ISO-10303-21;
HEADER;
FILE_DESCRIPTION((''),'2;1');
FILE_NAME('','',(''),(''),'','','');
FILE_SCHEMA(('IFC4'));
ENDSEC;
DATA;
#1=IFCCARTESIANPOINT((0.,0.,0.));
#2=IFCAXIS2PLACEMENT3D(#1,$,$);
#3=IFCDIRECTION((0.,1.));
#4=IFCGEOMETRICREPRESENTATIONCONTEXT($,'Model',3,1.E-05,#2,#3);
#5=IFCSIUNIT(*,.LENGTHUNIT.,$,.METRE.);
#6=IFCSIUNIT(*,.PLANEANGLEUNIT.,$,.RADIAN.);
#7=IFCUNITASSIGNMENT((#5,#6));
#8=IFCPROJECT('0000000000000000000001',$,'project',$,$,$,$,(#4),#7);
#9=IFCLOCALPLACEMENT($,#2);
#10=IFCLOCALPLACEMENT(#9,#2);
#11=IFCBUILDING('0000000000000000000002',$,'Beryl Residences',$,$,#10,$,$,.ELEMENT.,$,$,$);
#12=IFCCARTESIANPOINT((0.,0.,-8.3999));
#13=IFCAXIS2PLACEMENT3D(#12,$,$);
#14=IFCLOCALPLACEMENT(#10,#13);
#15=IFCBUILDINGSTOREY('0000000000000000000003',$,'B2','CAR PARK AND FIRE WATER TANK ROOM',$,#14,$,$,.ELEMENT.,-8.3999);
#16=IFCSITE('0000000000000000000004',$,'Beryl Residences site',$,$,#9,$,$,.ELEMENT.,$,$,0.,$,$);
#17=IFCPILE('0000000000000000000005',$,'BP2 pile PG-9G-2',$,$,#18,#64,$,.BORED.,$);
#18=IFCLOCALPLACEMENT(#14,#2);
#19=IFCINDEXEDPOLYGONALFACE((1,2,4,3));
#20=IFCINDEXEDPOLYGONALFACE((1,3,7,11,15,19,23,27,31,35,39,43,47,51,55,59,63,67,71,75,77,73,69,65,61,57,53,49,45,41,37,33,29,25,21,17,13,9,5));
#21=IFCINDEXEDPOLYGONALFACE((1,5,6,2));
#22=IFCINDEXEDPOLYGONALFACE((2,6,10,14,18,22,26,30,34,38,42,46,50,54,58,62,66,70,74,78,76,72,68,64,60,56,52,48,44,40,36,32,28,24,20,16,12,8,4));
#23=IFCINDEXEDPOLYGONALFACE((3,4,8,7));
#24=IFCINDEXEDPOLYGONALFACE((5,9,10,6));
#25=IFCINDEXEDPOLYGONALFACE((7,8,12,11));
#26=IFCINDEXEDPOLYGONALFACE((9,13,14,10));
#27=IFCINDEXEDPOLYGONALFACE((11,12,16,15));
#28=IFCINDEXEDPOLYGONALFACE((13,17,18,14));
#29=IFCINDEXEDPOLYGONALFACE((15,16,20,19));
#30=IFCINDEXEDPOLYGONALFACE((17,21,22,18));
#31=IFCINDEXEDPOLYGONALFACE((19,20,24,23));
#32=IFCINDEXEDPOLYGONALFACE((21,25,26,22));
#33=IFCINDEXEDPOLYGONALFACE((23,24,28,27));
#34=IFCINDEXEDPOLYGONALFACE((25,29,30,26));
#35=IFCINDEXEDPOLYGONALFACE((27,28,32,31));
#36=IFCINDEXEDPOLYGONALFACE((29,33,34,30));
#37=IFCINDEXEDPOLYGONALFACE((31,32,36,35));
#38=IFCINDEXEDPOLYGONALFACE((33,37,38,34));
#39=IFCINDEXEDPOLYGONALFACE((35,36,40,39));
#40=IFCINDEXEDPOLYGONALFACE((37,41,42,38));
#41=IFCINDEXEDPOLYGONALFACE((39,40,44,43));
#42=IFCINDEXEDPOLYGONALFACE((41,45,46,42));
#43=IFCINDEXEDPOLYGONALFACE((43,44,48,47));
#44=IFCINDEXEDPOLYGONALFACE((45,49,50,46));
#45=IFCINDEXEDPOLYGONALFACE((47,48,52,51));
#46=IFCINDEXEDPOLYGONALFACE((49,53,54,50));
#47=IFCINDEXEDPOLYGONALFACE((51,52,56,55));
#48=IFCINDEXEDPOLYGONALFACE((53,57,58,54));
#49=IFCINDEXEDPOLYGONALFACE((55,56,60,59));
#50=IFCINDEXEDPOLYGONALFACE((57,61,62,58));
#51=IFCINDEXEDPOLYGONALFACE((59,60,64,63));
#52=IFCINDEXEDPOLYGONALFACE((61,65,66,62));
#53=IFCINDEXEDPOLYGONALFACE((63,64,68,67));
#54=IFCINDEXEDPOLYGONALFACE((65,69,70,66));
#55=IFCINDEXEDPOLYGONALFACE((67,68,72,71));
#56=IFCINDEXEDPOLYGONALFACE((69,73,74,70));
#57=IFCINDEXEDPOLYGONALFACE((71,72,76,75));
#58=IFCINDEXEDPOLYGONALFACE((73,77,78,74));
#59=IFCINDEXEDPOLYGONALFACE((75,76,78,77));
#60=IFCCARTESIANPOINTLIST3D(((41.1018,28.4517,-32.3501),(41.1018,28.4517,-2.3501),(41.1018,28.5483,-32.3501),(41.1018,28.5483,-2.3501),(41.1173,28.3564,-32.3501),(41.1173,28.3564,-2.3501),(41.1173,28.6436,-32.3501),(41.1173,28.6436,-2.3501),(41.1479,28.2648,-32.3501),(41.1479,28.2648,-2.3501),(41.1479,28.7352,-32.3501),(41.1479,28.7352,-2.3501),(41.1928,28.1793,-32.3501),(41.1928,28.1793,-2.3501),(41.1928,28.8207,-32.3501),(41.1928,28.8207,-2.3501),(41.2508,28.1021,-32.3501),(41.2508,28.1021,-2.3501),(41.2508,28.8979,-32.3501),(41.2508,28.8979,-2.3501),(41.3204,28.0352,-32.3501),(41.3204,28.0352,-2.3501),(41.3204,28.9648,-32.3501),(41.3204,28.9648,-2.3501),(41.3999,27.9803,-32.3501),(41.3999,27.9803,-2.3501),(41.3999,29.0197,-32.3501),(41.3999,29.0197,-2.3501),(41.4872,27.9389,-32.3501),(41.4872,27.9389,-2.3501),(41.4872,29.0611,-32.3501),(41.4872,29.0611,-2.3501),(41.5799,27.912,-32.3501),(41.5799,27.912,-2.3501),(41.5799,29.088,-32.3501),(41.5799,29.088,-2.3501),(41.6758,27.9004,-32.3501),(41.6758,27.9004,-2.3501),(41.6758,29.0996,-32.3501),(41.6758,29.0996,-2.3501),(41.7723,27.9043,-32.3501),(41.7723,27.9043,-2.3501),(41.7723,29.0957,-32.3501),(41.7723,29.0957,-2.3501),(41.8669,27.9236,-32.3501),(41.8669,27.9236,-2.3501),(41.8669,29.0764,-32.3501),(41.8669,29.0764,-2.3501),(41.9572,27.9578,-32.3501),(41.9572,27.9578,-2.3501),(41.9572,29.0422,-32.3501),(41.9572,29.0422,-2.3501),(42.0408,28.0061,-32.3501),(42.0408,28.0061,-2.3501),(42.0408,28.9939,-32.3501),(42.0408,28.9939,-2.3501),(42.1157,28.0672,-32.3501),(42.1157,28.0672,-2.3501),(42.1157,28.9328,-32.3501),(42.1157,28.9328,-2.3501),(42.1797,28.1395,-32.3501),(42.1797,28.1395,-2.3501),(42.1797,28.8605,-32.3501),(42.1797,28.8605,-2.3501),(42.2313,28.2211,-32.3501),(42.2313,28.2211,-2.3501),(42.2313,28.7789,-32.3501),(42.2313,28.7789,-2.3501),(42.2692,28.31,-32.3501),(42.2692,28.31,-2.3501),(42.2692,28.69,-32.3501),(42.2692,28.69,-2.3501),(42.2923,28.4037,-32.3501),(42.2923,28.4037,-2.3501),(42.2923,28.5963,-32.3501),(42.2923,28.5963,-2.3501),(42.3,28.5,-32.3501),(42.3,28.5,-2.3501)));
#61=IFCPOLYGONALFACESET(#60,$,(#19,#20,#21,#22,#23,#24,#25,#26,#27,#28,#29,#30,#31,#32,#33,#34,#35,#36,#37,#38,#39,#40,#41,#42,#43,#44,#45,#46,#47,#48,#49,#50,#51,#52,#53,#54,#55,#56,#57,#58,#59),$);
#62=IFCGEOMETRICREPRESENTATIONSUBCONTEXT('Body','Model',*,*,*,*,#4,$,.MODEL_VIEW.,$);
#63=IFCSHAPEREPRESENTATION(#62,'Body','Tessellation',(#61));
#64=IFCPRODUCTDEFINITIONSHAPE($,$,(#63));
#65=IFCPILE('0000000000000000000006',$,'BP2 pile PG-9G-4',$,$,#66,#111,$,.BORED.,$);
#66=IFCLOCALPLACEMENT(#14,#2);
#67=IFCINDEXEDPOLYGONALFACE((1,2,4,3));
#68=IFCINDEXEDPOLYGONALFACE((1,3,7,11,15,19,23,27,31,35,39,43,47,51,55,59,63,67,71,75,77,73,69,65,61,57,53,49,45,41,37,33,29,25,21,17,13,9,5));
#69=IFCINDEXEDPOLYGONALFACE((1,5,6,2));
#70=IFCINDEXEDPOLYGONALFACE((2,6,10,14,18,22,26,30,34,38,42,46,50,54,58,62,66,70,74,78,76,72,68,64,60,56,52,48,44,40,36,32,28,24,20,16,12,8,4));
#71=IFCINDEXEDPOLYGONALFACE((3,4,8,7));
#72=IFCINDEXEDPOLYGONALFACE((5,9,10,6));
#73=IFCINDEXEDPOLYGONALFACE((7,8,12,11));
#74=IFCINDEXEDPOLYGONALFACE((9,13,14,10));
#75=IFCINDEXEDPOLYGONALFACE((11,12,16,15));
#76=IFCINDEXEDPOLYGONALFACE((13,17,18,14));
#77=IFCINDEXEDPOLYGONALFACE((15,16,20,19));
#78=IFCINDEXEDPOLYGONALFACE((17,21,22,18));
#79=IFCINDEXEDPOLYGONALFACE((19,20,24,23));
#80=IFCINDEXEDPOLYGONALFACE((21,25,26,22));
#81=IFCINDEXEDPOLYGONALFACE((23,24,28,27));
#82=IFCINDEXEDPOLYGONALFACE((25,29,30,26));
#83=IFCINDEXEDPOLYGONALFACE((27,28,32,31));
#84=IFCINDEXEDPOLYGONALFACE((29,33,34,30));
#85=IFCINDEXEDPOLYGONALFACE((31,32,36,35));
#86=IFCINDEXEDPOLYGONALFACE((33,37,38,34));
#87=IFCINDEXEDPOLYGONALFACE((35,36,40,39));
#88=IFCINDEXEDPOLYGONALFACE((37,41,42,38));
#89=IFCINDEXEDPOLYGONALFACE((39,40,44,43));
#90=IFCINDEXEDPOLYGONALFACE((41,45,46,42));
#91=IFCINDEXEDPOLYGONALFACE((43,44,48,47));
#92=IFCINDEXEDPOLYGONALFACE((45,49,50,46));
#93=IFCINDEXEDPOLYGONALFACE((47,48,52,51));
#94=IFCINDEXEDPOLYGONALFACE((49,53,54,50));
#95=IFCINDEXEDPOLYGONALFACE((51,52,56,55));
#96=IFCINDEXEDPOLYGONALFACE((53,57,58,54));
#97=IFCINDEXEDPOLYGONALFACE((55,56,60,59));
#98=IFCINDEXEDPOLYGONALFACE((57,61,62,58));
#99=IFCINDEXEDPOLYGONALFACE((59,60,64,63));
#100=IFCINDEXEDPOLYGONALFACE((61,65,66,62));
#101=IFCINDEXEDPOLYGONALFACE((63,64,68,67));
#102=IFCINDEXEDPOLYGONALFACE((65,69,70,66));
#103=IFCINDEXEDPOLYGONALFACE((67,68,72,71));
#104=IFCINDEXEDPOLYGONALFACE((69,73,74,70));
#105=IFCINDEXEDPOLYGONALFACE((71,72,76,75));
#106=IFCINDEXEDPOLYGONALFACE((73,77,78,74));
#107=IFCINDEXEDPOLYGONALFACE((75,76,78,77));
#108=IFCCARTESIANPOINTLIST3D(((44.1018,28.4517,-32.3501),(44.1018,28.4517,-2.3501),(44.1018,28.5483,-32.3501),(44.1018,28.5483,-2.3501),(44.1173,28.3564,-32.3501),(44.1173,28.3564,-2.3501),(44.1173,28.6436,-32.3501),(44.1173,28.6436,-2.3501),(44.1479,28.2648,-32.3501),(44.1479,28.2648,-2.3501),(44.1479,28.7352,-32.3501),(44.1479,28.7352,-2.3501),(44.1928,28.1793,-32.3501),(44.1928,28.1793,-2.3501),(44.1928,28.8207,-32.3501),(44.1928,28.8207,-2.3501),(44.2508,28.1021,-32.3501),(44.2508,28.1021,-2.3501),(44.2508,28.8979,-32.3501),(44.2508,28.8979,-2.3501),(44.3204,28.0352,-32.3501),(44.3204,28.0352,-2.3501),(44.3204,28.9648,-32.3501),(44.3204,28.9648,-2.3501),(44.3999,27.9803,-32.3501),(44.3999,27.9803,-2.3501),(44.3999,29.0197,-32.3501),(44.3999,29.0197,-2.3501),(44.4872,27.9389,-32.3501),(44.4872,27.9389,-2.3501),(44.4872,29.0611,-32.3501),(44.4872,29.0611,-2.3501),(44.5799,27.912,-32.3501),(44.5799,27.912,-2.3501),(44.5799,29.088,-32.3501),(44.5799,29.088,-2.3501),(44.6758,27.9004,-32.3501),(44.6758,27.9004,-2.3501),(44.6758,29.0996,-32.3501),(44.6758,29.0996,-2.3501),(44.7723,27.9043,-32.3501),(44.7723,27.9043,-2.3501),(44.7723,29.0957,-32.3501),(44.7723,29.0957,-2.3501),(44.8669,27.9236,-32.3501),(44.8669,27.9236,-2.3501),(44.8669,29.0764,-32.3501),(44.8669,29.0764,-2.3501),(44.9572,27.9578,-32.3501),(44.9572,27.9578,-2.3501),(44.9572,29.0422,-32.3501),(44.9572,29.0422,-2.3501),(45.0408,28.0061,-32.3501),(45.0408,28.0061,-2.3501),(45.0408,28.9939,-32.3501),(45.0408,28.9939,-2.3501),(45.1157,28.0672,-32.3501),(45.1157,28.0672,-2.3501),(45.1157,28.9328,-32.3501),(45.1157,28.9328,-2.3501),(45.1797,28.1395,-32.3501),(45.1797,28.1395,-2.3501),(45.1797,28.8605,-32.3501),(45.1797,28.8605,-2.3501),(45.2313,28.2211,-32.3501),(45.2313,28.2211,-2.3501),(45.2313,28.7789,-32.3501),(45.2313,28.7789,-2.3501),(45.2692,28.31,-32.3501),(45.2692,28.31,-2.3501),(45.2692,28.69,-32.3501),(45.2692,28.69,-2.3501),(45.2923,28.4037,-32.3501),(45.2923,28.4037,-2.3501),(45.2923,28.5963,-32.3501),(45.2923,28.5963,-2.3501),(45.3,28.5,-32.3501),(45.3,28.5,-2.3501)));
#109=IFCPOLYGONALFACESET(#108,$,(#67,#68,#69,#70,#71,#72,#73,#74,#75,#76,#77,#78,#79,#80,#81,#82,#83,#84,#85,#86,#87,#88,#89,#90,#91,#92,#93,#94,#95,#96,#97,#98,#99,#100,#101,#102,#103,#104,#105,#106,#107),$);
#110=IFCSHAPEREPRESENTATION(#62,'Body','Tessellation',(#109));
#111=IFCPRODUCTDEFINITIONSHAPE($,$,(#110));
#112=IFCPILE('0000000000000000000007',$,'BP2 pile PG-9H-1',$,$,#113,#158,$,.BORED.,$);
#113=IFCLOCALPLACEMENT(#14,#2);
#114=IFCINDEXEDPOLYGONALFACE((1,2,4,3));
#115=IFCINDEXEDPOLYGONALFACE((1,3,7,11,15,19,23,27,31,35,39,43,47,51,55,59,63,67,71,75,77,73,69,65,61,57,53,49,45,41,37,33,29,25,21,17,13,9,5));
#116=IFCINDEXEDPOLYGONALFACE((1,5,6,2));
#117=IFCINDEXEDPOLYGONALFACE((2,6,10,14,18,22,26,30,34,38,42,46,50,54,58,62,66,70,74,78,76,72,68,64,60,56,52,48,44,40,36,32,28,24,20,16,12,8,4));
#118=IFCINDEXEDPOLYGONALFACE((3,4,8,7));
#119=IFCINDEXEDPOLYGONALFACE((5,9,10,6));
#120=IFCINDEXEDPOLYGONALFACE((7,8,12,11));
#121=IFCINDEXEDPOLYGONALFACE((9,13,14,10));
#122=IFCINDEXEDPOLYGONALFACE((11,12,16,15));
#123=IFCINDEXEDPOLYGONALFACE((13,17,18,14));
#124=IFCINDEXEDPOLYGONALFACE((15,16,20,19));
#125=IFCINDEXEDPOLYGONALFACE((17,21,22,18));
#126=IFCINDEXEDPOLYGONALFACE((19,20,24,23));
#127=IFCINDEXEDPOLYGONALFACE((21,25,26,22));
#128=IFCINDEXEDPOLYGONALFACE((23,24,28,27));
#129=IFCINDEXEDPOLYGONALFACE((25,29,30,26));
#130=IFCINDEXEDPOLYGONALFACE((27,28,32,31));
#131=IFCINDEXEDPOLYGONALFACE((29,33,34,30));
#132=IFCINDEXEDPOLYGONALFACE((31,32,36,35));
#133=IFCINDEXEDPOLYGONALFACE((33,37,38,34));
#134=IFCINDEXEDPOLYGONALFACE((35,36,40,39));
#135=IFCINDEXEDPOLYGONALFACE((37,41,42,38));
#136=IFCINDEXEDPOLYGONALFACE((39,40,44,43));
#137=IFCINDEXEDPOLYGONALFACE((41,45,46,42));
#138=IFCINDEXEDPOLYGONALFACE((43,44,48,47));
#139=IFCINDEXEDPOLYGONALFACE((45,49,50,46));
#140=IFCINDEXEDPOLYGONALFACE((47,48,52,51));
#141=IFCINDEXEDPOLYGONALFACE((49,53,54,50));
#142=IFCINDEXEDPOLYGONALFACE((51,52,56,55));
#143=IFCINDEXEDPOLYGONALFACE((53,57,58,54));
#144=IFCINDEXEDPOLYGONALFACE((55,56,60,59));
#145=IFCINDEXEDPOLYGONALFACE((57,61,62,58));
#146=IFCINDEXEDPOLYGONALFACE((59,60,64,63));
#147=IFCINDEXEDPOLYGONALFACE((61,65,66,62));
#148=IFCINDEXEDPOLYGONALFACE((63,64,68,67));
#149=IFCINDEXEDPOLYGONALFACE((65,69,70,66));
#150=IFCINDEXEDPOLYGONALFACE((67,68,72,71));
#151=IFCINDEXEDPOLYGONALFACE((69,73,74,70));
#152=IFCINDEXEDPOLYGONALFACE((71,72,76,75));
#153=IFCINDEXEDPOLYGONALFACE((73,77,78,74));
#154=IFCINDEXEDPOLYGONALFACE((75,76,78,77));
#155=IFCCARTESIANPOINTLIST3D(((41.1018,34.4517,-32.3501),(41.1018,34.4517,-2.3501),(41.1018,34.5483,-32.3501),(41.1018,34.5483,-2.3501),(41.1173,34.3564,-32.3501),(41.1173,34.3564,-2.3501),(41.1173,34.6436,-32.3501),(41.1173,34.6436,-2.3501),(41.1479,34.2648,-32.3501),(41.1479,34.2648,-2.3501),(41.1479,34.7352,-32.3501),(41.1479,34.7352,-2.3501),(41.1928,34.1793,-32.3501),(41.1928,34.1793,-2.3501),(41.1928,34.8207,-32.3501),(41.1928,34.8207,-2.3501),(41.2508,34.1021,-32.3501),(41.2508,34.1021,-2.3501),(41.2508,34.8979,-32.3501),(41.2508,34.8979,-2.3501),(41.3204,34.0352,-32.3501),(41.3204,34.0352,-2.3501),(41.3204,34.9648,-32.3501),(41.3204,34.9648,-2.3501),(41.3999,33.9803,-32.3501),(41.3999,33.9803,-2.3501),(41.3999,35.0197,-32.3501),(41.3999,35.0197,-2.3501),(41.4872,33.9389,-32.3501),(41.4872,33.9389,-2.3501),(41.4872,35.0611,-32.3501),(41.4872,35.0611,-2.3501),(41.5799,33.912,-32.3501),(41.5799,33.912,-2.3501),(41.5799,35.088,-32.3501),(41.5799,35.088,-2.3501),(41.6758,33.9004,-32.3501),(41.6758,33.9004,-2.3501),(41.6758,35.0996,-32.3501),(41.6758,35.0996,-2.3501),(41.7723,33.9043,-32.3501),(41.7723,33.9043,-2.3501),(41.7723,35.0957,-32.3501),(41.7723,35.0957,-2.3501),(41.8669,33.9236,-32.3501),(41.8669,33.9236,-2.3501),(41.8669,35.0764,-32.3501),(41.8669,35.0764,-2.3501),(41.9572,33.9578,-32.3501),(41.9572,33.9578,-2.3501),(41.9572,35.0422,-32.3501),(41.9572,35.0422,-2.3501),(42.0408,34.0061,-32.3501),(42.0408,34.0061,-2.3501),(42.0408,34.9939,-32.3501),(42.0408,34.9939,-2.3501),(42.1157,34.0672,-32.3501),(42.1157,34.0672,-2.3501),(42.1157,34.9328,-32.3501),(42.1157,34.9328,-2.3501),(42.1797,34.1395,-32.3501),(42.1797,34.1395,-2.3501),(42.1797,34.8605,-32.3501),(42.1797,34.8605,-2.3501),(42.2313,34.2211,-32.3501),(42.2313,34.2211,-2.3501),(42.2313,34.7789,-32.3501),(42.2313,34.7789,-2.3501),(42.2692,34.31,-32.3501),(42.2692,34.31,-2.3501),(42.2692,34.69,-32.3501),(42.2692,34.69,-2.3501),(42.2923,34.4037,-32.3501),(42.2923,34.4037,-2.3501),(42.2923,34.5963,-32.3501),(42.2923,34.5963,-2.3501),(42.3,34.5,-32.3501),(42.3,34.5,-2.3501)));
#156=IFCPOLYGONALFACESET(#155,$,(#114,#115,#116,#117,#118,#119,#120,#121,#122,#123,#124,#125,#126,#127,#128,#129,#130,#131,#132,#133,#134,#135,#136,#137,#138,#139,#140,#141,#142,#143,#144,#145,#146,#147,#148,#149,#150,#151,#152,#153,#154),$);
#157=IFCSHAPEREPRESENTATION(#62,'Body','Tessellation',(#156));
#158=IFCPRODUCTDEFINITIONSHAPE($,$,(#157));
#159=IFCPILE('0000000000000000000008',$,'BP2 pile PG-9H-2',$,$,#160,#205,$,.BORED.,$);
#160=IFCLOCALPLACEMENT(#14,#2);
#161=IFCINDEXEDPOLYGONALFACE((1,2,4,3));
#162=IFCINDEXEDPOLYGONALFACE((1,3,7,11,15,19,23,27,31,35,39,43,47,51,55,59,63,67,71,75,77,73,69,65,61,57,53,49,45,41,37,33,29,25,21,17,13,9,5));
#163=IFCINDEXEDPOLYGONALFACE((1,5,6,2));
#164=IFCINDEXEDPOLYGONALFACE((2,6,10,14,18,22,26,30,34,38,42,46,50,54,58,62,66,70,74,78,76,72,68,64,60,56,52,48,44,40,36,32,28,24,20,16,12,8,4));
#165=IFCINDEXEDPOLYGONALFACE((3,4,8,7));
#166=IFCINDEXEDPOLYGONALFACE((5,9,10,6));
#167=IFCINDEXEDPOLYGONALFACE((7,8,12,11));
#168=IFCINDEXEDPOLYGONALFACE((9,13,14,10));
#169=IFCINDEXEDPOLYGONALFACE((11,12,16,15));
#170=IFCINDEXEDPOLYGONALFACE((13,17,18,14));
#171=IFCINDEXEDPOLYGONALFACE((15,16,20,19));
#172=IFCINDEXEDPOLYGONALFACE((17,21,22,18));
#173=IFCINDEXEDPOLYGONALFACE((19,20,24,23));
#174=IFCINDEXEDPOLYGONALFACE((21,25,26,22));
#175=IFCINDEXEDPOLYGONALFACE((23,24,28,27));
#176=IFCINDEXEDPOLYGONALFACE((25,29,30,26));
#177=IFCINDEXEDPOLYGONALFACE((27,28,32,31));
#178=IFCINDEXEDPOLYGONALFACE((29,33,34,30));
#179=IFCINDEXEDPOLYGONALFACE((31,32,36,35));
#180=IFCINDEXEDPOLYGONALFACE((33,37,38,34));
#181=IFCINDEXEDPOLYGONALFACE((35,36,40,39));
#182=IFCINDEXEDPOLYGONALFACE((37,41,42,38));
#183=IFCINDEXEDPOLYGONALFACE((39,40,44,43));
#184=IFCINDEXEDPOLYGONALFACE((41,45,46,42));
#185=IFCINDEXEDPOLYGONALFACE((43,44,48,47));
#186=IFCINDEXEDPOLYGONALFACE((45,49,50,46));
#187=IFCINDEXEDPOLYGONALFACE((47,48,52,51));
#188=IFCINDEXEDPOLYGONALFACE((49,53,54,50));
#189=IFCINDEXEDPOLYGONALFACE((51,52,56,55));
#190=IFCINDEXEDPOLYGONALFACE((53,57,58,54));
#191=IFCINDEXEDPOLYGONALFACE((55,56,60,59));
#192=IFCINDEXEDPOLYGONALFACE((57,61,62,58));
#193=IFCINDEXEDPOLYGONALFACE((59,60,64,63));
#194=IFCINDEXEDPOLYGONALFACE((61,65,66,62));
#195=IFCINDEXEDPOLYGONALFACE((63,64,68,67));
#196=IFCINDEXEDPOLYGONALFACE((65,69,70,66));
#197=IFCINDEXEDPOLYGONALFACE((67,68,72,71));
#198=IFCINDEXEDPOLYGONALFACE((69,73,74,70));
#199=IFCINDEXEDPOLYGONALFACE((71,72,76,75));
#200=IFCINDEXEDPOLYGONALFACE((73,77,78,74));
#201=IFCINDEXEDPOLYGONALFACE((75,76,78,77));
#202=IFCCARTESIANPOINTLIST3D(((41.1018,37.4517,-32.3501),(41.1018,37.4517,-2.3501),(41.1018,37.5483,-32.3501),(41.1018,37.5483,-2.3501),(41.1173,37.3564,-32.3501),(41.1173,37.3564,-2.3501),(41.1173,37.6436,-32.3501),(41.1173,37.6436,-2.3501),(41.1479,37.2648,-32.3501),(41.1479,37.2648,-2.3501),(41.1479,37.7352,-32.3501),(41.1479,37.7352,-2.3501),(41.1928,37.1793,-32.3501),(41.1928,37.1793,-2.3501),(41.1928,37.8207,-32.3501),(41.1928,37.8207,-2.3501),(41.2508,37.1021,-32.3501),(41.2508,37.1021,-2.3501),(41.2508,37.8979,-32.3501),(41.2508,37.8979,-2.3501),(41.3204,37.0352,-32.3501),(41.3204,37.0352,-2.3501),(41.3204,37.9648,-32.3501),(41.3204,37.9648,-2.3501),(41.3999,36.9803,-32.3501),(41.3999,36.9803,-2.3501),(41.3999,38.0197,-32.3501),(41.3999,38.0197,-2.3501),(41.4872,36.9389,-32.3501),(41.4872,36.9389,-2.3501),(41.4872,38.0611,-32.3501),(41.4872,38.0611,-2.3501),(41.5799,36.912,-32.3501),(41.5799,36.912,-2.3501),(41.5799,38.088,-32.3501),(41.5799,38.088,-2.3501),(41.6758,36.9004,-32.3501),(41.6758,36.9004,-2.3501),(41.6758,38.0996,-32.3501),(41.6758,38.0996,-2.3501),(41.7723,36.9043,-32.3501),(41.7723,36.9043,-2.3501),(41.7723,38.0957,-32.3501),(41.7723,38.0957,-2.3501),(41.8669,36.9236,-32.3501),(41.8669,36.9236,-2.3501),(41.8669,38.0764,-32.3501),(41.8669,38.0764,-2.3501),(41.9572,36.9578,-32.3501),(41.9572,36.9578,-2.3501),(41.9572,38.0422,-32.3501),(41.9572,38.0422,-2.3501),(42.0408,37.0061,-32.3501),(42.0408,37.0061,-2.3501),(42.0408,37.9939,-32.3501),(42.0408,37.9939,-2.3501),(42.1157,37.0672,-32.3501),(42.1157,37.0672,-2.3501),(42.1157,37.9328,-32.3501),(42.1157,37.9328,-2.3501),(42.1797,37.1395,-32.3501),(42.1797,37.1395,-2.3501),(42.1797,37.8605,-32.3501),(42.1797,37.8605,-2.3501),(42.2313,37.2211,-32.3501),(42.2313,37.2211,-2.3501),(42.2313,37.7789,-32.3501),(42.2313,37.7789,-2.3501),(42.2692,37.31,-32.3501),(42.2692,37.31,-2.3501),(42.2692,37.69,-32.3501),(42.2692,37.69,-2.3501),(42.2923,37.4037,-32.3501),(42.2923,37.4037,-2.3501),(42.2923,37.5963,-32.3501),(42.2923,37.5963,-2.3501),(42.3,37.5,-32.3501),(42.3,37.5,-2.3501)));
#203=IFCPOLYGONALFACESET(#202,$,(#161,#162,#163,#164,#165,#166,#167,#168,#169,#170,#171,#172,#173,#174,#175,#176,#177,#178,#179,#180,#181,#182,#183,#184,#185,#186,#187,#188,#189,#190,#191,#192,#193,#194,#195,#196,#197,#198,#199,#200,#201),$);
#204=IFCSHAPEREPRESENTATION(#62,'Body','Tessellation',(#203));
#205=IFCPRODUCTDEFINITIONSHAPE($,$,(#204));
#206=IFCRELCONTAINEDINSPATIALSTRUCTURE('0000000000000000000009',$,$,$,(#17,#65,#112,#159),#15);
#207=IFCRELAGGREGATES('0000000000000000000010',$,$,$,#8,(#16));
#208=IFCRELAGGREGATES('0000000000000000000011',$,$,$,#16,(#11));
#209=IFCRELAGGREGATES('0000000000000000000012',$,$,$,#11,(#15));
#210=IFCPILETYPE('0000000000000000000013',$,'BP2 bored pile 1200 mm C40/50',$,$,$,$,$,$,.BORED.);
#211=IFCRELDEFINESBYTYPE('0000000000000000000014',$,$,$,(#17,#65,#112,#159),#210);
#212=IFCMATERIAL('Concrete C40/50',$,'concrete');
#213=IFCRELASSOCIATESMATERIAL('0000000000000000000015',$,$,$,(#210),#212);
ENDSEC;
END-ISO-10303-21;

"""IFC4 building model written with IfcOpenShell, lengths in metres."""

from ifc_helpers import new_model, si_unit, direction, frame, origin, origin_2d, place, context, subcontext, project, spatial, circle, extrude, material, material_profile, profile_set, type_object, element, save


model = new_model("IFC4")

# Units and contexts
model_context = context("Model", 3, precision=1e-05, world=origin(), true_north=direction((0.0, 1.0)))
body_context = subcontext(model_context, "Body", "Model", "MODEL_VIEW")
ifc_project = project(units=[si_unit("LENGTHUNIT", "METRE"), si_unit("PLANEANGLEUNIT", "RADIAN")], contexts=[model_context])

# Site, building, storey
site_placement = place(None, origin())
site = spatial("IfcSite", under=ifc_project, at=site_placement, Name="Beryl Residences site", CompositionType="ELEMENT", RefElevation=0.0)
building_placement = place(site_placement, origin())
building = spatial("IfcBuilding", under=site, at=building_placement, Name="Beryl Residences", CompositionType="ELEMENT")
storey_placement = place(building_placement, frame((0.0, 0.0, -8.3999)))
storey = spatial("IfcBuildingStorey", under=building, at=storey_placement, Name="B2", Description="CAR PARK AND FIRE WATER TANK ROOM", CompositionType="ELEMENT", Elevation=-8.3999)

# Piles
ifc_material_1 = material(Name="Concrete C40/50", Category="concrete")
ifc_material_profile_1 = material_profile(ifc_material_1, circle(Radius=0.6001, at=origin_2d()))
ifc_profile_set_1 = profile_set([ifc_material_profile_1], Name="Concrete C40/50")
pile_type = type_object("IfcPileType", Name="BP2 bored pile 1200 mm C40/50", PredefinedType="BORED", material=ifc_profile_set_1)
for number, where, z_axis, x_axis, name in (
    (1, (41.7, 28.5, -2.3501), (0.0, 0.0, -1.0), (1.0, 0.0, 0.0), "BP2 pile PG-9G-2"),
    (2, (44.7, 28.5, -2.3501), (0.0, 0.0, -1.0), (1.0, 0.0, 0.0), "BP2 pile PG-9G-4"),
    (3, (41.7, 34.5, -2.3501), (0.0, 0.0, -1.0), (1.0, 0.0, 0.0), "BP2 pile PG-9H-1"),
    (4, (41.7, 37.5, -2.3501), (0.0, 0.0, -1.0), (1.0, 0.0, 0.0), "BP2 pile PG-9H-2"),
):
    element("IfcPile", number, at=place(storey_placement, frame(where, z_axis=z_axis, x_axis=x_axis)), inside=storey, type_object=pile_type, Name=name, PredefinedType="BORED", context=body_context, shape_type="SweptSolid", body=[
        extrude(circle(Radius=0.6001, at=origin_2d()), origin(), (0.0, 0.0, 1.0), 30.0),
    ])

save(model, "model.ifc")
